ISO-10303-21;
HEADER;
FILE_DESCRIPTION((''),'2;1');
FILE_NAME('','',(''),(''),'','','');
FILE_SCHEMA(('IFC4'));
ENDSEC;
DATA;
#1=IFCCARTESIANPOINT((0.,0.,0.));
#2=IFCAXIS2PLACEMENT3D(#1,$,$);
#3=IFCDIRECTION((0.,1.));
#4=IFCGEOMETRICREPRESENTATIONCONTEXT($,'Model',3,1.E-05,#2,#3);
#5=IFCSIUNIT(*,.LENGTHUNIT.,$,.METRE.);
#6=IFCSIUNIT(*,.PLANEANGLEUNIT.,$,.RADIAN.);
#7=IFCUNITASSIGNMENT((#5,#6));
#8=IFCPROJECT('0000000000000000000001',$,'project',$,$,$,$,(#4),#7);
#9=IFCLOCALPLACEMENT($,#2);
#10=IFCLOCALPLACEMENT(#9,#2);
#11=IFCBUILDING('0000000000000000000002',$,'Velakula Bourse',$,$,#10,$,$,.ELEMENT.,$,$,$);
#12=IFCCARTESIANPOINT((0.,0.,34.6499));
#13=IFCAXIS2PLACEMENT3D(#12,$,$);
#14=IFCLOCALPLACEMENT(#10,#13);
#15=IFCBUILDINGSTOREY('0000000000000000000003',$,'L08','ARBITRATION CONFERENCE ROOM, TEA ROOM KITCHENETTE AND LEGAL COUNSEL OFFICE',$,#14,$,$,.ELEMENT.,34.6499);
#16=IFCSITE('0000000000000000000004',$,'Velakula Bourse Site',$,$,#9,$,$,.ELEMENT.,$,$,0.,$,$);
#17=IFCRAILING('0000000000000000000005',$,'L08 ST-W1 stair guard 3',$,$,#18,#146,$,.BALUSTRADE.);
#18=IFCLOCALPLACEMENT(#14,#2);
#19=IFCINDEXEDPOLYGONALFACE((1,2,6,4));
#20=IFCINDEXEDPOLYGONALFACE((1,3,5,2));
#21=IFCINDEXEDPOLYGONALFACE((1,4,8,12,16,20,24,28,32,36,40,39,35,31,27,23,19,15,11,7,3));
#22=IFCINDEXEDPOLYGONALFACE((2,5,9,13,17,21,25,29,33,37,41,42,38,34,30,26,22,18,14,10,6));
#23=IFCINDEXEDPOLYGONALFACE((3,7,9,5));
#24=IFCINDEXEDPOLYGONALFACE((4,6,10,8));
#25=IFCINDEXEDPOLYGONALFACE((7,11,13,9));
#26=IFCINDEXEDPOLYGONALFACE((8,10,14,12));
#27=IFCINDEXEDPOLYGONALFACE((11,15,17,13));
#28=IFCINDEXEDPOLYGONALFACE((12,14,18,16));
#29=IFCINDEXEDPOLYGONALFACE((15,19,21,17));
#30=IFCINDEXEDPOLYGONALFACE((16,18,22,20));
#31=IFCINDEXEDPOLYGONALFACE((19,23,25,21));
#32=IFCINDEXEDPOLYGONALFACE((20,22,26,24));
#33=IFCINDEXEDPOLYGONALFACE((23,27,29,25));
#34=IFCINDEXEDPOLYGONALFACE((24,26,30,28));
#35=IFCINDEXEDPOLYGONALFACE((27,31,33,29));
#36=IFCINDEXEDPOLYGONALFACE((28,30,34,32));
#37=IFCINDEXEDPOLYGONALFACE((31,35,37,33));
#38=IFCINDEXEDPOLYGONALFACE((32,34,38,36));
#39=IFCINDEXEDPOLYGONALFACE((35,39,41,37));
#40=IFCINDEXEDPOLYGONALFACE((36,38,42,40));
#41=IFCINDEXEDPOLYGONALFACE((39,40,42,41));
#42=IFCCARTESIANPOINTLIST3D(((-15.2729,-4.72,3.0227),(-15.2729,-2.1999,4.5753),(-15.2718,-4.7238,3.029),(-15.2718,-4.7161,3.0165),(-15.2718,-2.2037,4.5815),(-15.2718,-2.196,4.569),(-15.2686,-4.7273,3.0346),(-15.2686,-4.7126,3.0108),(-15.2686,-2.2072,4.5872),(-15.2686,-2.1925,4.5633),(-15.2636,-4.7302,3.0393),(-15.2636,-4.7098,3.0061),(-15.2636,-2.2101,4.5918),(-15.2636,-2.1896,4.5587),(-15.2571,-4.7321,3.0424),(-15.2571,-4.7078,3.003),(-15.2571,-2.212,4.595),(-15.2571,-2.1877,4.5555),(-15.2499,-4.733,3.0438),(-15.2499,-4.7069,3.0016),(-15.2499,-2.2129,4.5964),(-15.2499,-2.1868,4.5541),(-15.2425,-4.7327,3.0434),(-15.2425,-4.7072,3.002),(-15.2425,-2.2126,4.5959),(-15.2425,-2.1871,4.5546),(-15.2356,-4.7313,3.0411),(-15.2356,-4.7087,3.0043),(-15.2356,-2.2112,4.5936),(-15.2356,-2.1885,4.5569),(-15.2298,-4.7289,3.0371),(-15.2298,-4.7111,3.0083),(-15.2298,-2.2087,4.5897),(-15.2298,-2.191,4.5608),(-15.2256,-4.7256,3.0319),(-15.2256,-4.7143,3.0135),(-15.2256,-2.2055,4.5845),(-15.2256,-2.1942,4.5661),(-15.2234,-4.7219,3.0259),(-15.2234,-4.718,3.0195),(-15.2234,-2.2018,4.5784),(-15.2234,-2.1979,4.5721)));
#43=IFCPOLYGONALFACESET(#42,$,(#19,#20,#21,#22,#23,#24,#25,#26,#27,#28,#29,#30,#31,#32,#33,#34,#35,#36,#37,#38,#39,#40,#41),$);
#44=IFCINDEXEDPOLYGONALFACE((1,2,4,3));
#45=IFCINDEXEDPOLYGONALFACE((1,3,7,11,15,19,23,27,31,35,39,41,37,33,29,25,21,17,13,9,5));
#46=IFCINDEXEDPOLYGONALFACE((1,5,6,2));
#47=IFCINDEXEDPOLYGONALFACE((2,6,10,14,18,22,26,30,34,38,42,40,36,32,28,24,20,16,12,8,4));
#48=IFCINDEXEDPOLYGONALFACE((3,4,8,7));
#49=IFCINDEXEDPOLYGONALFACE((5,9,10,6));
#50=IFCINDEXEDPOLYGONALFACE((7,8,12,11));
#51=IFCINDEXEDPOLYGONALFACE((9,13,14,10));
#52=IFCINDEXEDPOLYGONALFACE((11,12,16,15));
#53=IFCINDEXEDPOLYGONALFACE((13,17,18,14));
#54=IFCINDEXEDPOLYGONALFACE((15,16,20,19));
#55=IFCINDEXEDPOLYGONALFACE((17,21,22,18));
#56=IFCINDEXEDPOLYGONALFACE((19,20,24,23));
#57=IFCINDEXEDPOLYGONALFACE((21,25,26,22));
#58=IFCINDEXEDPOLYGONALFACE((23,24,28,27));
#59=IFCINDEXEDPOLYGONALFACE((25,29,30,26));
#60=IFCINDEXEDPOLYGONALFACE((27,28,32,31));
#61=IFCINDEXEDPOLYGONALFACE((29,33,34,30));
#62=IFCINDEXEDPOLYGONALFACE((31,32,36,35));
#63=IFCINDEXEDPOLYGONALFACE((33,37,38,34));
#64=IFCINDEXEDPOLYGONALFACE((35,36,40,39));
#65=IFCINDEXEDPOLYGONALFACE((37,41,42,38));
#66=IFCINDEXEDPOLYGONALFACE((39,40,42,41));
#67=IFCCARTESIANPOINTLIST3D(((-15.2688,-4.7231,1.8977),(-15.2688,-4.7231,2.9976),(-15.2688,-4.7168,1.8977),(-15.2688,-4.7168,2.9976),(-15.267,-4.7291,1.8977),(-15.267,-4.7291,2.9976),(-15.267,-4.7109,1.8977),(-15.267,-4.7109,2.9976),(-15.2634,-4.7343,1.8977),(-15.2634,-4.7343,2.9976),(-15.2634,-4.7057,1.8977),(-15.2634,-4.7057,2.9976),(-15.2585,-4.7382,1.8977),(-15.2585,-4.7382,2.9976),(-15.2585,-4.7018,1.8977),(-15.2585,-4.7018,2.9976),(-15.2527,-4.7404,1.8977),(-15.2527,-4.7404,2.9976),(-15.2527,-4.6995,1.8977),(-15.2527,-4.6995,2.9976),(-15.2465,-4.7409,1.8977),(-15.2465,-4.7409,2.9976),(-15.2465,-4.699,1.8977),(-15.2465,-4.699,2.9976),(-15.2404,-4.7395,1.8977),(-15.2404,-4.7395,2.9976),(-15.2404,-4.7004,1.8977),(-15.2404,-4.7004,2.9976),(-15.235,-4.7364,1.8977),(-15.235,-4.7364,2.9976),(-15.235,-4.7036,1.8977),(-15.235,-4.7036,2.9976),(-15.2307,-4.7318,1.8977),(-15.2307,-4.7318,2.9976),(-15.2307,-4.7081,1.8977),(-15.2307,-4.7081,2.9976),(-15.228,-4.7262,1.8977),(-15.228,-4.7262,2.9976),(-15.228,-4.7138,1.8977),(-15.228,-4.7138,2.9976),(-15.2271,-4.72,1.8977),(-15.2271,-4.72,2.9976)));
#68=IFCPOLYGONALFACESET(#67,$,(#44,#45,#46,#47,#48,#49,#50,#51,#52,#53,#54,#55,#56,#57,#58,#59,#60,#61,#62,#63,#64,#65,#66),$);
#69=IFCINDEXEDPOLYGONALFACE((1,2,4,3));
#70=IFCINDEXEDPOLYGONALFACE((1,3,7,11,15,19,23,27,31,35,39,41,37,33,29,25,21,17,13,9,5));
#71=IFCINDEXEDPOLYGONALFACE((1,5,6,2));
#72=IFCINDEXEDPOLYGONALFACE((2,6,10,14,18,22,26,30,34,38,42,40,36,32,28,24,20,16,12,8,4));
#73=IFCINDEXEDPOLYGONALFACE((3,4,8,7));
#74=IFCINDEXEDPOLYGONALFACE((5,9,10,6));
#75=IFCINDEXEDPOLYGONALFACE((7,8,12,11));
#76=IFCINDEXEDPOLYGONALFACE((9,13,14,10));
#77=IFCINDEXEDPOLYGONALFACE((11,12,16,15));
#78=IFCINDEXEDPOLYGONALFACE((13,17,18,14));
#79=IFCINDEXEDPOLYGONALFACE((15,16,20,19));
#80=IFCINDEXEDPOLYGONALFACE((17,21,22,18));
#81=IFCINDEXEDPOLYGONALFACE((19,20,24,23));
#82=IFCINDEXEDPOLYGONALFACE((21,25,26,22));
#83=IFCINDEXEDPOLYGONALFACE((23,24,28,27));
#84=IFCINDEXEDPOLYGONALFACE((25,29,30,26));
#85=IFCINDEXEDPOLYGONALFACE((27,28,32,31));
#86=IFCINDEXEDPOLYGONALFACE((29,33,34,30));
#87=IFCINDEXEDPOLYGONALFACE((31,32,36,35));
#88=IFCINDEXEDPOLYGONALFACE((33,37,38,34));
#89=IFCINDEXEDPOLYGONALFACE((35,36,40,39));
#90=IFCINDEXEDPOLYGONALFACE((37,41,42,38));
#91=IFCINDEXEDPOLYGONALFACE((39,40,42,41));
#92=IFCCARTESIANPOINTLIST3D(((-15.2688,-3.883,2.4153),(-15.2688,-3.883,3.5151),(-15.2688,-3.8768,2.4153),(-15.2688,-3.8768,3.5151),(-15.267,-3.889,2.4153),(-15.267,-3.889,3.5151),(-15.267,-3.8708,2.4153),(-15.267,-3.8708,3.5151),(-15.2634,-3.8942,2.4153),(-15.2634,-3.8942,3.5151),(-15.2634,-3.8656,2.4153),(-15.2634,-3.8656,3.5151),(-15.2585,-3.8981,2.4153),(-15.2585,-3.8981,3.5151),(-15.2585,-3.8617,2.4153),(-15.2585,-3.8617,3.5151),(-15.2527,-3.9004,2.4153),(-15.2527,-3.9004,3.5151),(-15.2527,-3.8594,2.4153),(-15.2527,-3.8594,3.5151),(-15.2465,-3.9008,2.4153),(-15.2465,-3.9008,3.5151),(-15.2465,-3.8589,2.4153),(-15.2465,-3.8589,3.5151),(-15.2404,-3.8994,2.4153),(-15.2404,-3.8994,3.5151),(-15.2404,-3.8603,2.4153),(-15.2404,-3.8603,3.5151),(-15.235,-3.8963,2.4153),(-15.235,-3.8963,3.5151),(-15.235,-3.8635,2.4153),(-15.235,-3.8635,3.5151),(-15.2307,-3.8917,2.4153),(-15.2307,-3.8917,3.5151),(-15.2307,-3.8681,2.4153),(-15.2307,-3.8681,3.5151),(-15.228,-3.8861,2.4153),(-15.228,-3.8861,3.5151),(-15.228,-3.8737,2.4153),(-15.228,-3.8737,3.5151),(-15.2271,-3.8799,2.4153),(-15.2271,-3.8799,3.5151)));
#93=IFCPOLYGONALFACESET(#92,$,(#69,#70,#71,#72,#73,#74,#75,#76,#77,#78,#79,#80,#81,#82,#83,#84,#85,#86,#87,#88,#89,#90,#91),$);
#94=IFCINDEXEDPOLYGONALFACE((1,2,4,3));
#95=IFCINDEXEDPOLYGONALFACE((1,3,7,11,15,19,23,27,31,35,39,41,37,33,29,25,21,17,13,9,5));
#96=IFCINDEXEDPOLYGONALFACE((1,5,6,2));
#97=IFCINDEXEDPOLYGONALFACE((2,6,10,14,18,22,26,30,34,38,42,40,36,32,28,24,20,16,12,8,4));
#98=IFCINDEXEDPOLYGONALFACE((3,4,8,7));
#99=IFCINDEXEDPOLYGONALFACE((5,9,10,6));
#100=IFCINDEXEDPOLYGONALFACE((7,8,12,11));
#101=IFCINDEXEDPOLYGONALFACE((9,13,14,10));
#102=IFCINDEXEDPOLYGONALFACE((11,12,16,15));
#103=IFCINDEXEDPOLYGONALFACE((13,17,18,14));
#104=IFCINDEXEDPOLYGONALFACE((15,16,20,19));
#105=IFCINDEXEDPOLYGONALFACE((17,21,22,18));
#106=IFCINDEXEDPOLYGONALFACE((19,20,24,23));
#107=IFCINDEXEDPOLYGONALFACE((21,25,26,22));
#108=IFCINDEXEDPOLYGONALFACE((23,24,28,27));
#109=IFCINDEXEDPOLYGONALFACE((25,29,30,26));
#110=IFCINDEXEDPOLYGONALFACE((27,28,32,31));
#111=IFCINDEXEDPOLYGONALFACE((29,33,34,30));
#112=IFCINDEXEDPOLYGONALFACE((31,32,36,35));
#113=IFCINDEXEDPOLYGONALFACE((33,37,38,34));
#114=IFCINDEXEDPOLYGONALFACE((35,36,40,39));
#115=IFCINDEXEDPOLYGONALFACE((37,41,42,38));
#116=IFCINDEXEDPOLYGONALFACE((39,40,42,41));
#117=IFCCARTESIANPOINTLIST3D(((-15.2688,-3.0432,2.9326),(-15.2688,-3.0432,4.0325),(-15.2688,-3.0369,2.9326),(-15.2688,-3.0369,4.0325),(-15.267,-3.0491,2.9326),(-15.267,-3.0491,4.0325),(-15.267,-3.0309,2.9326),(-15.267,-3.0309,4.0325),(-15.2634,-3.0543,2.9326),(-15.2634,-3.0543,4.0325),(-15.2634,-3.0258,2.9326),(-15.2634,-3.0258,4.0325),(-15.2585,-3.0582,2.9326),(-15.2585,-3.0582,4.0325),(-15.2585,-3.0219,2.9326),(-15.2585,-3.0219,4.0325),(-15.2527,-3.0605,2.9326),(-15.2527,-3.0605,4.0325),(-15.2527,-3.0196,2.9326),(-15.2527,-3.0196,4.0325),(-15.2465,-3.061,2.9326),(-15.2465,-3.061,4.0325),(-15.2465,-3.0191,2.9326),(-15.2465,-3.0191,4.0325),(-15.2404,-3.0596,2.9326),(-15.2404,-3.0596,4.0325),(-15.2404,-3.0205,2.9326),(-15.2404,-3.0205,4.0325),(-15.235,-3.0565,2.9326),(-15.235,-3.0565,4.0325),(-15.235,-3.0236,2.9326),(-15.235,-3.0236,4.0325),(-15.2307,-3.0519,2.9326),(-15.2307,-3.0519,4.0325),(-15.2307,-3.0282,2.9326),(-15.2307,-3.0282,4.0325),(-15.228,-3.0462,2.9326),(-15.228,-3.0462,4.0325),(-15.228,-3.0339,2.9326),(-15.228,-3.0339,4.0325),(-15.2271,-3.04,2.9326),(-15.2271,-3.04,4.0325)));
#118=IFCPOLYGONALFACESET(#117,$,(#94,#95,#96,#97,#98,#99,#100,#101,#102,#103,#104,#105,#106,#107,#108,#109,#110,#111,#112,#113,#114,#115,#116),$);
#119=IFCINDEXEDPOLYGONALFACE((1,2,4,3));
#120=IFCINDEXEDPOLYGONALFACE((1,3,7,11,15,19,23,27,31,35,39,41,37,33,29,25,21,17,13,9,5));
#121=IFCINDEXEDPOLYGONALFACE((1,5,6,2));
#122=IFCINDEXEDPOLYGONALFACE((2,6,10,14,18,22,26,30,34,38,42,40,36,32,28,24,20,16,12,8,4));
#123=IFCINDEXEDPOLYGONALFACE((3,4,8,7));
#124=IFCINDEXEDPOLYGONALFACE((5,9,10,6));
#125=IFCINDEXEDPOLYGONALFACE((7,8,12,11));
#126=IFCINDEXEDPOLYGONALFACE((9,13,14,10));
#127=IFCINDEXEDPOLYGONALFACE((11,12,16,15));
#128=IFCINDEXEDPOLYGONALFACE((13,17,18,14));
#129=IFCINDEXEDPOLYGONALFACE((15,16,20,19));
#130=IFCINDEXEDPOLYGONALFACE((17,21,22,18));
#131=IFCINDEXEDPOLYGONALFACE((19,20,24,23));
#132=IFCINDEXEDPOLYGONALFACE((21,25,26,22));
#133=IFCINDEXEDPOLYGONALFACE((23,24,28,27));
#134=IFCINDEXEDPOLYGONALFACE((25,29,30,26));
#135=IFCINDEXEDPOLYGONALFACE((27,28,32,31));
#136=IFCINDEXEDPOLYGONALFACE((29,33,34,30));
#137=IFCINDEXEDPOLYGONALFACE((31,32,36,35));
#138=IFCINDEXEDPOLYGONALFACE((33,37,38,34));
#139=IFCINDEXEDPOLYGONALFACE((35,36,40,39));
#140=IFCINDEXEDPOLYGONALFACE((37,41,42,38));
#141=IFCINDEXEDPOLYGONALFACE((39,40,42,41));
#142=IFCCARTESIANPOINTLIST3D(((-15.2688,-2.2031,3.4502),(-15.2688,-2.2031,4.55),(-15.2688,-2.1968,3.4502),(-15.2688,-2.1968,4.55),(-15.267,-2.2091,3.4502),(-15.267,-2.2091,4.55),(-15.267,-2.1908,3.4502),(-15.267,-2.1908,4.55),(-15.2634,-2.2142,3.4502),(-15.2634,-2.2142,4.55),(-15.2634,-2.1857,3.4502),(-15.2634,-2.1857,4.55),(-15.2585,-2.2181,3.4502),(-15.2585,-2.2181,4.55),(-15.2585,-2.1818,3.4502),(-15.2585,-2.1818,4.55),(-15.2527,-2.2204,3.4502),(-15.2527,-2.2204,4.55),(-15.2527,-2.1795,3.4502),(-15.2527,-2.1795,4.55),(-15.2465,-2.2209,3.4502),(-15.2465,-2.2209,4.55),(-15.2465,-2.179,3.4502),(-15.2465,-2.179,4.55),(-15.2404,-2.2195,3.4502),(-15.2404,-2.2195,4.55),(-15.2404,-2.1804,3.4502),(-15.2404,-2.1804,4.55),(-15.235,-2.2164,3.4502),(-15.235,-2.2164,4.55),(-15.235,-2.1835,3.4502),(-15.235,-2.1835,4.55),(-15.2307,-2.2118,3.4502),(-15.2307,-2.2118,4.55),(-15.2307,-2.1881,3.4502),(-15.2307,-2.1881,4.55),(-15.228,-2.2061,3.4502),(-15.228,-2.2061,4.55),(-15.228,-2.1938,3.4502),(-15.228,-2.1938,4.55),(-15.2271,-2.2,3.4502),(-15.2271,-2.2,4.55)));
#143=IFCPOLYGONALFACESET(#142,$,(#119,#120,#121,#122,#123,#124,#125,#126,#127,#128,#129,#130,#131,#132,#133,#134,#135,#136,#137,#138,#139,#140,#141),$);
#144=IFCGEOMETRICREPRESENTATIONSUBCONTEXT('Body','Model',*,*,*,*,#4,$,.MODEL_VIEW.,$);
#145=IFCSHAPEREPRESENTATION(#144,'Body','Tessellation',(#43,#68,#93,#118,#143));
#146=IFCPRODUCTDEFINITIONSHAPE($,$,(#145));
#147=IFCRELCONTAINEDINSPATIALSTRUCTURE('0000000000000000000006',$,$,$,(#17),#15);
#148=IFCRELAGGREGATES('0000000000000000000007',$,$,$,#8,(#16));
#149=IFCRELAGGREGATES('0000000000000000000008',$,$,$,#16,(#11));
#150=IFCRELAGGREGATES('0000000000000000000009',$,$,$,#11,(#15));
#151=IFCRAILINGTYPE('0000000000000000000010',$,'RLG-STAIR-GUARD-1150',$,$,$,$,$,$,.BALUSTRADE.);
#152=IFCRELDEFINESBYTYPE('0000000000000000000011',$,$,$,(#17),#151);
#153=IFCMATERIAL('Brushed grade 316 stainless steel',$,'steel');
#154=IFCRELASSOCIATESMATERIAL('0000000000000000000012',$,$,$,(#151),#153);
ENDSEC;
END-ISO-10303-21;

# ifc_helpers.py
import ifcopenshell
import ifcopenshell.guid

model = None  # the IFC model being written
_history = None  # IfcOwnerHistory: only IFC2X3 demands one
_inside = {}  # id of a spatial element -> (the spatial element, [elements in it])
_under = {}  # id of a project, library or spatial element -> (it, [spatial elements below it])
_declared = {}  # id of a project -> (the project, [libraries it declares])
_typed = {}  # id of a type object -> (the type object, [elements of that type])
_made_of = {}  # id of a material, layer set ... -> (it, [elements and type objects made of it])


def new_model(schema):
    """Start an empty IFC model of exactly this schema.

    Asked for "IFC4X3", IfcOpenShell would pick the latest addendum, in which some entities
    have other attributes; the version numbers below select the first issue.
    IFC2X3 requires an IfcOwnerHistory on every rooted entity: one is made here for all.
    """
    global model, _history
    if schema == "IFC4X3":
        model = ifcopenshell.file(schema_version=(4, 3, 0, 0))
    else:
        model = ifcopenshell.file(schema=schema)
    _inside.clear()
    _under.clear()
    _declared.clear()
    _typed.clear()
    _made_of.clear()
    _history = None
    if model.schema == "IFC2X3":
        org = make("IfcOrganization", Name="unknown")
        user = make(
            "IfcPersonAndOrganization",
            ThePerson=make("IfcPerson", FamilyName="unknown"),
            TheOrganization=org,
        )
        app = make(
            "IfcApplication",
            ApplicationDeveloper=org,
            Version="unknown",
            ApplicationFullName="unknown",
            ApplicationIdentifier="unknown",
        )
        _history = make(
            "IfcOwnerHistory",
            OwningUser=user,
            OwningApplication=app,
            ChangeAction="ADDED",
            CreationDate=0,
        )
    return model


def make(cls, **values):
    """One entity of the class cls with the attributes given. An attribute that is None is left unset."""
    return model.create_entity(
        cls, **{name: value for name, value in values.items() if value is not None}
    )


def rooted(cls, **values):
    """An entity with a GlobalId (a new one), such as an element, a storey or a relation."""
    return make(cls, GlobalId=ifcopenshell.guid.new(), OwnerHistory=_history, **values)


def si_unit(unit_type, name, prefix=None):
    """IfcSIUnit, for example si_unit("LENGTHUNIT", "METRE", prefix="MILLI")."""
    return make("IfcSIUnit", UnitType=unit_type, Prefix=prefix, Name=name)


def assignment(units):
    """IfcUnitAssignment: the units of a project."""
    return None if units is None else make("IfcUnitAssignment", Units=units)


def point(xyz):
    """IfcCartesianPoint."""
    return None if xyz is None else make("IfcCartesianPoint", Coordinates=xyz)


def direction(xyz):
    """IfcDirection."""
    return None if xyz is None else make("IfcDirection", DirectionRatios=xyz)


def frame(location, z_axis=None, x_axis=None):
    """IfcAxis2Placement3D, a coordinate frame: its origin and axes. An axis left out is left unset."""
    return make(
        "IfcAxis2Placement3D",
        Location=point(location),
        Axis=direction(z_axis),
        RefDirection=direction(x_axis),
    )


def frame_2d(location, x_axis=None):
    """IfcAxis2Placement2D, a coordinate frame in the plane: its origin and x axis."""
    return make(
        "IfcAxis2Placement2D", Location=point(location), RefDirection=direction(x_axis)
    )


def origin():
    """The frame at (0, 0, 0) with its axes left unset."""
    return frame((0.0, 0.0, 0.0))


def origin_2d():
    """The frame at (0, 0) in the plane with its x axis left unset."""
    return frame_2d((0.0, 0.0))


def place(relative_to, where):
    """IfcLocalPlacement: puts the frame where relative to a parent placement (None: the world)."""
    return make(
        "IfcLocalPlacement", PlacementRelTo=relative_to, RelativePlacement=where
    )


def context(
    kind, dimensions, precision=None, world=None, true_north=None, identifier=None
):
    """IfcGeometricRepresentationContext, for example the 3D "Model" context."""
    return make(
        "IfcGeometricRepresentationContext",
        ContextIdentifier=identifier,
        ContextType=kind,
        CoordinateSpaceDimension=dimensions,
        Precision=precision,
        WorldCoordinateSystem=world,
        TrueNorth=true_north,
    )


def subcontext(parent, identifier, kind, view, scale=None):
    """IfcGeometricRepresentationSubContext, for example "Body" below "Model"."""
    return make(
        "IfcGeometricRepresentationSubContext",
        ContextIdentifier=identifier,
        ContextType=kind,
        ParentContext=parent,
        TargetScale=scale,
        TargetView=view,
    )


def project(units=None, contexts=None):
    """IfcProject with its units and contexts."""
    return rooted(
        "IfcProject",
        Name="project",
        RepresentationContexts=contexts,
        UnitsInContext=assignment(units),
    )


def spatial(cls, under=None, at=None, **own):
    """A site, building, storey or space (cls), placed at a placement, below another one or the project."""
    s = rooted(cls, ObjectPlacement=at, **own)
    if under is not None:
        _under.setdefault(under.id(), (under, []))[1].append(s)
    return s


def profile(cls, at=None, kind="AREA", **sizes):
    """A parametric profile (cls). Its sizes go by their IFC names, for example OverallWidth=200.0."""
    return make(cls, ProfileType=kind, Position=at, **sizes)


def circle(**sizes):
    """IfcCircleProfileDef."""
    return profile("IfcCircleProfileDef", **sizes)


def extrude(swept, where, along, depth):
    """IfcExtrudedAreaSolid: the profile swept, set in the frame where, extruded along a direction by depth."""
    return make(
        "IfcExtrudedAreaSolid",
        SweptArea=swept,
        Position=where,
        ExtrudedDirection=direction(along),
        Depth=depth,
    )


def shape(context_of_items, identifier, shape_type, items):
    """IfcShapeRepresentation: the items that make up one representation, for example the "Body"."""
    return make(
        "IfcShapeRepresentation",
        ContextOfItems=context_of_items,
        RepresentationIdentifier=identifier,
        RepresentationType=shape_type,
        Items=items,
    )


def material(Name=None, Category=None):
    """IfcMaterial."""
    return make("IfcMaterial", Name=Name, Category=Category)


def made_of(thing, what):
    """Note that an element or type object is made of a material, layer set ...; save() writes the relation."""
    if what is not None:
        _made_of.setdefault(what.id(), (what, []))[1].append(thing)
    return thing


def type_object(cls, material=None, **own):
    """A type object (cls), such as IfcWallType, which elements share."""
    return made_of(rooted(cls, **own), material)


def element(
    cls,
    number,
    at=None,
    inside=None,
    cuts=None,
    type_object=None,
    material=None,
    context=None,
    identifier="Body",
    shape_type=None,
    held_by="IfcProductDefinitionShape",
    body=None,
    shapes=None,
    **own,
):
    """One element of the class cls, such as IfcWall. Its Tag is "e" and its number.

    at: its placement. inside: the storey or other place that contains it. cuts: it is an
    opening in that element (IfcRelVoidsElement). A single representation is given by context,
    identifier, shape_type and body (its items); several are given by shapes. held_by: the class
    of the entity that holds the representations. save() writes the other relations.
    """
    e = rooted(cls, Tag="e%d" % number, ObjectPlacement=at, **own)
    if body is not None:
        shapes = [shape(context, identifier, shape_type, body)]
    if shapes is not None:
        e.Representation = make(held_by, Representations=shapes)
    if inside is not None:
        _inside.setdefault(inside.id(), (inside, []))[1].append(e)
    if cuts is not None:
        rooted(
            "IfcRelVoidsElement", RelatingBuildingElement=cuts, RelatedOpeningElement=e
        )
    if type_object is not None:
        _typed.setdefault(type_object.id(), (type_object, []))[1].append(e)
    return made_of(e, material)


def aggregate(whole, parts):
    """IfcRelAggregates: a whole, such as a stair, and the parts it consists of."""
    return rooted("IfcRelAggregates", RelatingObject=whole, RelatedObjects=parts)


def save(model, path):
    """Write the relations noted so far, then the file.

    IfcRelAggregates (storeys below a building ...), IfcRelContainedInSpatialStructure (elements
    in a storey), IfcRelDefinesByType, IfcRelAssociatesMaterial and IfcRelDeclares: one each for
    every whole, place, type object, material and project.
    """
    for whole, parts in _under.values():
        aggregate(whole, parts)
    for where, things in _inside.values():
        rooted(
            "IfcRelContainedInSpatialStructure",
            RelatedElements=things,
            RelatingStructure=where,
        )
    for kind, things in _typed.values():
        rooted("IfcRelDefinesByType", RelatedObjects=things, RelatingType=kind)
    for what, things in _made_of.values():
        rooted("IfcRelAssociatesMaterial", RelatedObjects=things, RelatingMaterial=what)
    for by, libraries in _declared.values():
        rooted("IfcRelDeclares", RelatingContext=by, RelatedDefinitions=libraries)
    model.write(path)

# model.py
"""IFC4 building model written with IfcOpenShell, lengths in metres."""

from ifc_helpers import new_model, si_unit, direction, frame, origin, origin_2d, place, context, subcontext, project, spatial, circle, extrude, material, type_object, element, save


model = new_model("IFC4")

# Units and contexts
model_context = context("Model", 3, precision=1e-05, world=origin(), true_north=direction((0.0, 1.0)))
body_context = subcontext(model_context, "Body", "Model", "MODEL_VIEW")
ifc_project = project(units=[si_unit("LENGTHUNIT", "METRE"), si_unit("PLANEANGLEUNIT", "RADIAN")], contexts=[model_context])

# Site, building, storey
site_placement = place(None, origin())
site = spatial("IfcSite", under=ifc_project, at=site_placement, Name="Velakula Bourse Site", CompositionType="ELEMENT", RefElevation=0.0)
building_placement = place(site_placement, origin())
building = spatial("IfcBuilding", under=site, at=building_placement, Name="Velakula Bourse", CompositionType="ELEMENT")
storey_placement = place(building_placement, frame((0.0, 0.0, 34.6499)))
storey = spatial("IfcBuildingStorey", under=building, at=storey_placement, Name="L08", Description="ARBITRATION CONFERENCE ROOM, TEA ROOM KITCHENETTE AND LEGAL COUNSEL OFFICE", CompositionType="ELEMENT", Elevation=34.6499)

# Shared definitions
ifc_material_1 = material(Name="Brushed grade 316 stainless steel", Category="steel")

# Railing
railing_type_1 = type_object("IfcRailingType", Name="RLG-STAIR-GUARD-1150", PredefinedType="BALUSTRADE", material=ifc_material_1)
railing_1_placement = place(storey_placement, frame((-15.248, -4.72, 1.8977)))
element("IfcRailing", 1, at=railing_1_placement, inside=storey, type_object=railing_type_1, Name="L08 ST-W1 stair guard 3", PredefinedType="BALUSTRADE", context=body_context, shape_type="SweptSolid", body=[
    extrude(circle(Radius=0.0249, at=origin_2d()), frame((0.0, 0.0, 1.125), z_axis=(0.0, 0.8514, 0.524516), x_axis=(-1.0, 0.0, 0.0)), (0.0, 0.0, 1.0), 2.96),
    extrude(circle(Radius=0.021, at=origin_2d()), origin(), (0.0, 0.0, 1.0), 1.0999),
    extrude(circle(Radius=0.021, at=origin_2d()), frame((0.0, 0.8401, 0.5176)), (0.0, 0.0, 1.0), 1.0999),
    extrude(circle(Radius=0.021, at=origin_2d()), frame((0.0, 1.6799, 1.0349)), (0.0, 0.0, 1.0), 1.0999),
    extrude(circle(Radius=0.021, at=origin_2d()), frame((0.0, 2.52, 1.5525)), (0.0, 0.0, 1.0), 1.0999),
])

save(model, "model.ifc")
